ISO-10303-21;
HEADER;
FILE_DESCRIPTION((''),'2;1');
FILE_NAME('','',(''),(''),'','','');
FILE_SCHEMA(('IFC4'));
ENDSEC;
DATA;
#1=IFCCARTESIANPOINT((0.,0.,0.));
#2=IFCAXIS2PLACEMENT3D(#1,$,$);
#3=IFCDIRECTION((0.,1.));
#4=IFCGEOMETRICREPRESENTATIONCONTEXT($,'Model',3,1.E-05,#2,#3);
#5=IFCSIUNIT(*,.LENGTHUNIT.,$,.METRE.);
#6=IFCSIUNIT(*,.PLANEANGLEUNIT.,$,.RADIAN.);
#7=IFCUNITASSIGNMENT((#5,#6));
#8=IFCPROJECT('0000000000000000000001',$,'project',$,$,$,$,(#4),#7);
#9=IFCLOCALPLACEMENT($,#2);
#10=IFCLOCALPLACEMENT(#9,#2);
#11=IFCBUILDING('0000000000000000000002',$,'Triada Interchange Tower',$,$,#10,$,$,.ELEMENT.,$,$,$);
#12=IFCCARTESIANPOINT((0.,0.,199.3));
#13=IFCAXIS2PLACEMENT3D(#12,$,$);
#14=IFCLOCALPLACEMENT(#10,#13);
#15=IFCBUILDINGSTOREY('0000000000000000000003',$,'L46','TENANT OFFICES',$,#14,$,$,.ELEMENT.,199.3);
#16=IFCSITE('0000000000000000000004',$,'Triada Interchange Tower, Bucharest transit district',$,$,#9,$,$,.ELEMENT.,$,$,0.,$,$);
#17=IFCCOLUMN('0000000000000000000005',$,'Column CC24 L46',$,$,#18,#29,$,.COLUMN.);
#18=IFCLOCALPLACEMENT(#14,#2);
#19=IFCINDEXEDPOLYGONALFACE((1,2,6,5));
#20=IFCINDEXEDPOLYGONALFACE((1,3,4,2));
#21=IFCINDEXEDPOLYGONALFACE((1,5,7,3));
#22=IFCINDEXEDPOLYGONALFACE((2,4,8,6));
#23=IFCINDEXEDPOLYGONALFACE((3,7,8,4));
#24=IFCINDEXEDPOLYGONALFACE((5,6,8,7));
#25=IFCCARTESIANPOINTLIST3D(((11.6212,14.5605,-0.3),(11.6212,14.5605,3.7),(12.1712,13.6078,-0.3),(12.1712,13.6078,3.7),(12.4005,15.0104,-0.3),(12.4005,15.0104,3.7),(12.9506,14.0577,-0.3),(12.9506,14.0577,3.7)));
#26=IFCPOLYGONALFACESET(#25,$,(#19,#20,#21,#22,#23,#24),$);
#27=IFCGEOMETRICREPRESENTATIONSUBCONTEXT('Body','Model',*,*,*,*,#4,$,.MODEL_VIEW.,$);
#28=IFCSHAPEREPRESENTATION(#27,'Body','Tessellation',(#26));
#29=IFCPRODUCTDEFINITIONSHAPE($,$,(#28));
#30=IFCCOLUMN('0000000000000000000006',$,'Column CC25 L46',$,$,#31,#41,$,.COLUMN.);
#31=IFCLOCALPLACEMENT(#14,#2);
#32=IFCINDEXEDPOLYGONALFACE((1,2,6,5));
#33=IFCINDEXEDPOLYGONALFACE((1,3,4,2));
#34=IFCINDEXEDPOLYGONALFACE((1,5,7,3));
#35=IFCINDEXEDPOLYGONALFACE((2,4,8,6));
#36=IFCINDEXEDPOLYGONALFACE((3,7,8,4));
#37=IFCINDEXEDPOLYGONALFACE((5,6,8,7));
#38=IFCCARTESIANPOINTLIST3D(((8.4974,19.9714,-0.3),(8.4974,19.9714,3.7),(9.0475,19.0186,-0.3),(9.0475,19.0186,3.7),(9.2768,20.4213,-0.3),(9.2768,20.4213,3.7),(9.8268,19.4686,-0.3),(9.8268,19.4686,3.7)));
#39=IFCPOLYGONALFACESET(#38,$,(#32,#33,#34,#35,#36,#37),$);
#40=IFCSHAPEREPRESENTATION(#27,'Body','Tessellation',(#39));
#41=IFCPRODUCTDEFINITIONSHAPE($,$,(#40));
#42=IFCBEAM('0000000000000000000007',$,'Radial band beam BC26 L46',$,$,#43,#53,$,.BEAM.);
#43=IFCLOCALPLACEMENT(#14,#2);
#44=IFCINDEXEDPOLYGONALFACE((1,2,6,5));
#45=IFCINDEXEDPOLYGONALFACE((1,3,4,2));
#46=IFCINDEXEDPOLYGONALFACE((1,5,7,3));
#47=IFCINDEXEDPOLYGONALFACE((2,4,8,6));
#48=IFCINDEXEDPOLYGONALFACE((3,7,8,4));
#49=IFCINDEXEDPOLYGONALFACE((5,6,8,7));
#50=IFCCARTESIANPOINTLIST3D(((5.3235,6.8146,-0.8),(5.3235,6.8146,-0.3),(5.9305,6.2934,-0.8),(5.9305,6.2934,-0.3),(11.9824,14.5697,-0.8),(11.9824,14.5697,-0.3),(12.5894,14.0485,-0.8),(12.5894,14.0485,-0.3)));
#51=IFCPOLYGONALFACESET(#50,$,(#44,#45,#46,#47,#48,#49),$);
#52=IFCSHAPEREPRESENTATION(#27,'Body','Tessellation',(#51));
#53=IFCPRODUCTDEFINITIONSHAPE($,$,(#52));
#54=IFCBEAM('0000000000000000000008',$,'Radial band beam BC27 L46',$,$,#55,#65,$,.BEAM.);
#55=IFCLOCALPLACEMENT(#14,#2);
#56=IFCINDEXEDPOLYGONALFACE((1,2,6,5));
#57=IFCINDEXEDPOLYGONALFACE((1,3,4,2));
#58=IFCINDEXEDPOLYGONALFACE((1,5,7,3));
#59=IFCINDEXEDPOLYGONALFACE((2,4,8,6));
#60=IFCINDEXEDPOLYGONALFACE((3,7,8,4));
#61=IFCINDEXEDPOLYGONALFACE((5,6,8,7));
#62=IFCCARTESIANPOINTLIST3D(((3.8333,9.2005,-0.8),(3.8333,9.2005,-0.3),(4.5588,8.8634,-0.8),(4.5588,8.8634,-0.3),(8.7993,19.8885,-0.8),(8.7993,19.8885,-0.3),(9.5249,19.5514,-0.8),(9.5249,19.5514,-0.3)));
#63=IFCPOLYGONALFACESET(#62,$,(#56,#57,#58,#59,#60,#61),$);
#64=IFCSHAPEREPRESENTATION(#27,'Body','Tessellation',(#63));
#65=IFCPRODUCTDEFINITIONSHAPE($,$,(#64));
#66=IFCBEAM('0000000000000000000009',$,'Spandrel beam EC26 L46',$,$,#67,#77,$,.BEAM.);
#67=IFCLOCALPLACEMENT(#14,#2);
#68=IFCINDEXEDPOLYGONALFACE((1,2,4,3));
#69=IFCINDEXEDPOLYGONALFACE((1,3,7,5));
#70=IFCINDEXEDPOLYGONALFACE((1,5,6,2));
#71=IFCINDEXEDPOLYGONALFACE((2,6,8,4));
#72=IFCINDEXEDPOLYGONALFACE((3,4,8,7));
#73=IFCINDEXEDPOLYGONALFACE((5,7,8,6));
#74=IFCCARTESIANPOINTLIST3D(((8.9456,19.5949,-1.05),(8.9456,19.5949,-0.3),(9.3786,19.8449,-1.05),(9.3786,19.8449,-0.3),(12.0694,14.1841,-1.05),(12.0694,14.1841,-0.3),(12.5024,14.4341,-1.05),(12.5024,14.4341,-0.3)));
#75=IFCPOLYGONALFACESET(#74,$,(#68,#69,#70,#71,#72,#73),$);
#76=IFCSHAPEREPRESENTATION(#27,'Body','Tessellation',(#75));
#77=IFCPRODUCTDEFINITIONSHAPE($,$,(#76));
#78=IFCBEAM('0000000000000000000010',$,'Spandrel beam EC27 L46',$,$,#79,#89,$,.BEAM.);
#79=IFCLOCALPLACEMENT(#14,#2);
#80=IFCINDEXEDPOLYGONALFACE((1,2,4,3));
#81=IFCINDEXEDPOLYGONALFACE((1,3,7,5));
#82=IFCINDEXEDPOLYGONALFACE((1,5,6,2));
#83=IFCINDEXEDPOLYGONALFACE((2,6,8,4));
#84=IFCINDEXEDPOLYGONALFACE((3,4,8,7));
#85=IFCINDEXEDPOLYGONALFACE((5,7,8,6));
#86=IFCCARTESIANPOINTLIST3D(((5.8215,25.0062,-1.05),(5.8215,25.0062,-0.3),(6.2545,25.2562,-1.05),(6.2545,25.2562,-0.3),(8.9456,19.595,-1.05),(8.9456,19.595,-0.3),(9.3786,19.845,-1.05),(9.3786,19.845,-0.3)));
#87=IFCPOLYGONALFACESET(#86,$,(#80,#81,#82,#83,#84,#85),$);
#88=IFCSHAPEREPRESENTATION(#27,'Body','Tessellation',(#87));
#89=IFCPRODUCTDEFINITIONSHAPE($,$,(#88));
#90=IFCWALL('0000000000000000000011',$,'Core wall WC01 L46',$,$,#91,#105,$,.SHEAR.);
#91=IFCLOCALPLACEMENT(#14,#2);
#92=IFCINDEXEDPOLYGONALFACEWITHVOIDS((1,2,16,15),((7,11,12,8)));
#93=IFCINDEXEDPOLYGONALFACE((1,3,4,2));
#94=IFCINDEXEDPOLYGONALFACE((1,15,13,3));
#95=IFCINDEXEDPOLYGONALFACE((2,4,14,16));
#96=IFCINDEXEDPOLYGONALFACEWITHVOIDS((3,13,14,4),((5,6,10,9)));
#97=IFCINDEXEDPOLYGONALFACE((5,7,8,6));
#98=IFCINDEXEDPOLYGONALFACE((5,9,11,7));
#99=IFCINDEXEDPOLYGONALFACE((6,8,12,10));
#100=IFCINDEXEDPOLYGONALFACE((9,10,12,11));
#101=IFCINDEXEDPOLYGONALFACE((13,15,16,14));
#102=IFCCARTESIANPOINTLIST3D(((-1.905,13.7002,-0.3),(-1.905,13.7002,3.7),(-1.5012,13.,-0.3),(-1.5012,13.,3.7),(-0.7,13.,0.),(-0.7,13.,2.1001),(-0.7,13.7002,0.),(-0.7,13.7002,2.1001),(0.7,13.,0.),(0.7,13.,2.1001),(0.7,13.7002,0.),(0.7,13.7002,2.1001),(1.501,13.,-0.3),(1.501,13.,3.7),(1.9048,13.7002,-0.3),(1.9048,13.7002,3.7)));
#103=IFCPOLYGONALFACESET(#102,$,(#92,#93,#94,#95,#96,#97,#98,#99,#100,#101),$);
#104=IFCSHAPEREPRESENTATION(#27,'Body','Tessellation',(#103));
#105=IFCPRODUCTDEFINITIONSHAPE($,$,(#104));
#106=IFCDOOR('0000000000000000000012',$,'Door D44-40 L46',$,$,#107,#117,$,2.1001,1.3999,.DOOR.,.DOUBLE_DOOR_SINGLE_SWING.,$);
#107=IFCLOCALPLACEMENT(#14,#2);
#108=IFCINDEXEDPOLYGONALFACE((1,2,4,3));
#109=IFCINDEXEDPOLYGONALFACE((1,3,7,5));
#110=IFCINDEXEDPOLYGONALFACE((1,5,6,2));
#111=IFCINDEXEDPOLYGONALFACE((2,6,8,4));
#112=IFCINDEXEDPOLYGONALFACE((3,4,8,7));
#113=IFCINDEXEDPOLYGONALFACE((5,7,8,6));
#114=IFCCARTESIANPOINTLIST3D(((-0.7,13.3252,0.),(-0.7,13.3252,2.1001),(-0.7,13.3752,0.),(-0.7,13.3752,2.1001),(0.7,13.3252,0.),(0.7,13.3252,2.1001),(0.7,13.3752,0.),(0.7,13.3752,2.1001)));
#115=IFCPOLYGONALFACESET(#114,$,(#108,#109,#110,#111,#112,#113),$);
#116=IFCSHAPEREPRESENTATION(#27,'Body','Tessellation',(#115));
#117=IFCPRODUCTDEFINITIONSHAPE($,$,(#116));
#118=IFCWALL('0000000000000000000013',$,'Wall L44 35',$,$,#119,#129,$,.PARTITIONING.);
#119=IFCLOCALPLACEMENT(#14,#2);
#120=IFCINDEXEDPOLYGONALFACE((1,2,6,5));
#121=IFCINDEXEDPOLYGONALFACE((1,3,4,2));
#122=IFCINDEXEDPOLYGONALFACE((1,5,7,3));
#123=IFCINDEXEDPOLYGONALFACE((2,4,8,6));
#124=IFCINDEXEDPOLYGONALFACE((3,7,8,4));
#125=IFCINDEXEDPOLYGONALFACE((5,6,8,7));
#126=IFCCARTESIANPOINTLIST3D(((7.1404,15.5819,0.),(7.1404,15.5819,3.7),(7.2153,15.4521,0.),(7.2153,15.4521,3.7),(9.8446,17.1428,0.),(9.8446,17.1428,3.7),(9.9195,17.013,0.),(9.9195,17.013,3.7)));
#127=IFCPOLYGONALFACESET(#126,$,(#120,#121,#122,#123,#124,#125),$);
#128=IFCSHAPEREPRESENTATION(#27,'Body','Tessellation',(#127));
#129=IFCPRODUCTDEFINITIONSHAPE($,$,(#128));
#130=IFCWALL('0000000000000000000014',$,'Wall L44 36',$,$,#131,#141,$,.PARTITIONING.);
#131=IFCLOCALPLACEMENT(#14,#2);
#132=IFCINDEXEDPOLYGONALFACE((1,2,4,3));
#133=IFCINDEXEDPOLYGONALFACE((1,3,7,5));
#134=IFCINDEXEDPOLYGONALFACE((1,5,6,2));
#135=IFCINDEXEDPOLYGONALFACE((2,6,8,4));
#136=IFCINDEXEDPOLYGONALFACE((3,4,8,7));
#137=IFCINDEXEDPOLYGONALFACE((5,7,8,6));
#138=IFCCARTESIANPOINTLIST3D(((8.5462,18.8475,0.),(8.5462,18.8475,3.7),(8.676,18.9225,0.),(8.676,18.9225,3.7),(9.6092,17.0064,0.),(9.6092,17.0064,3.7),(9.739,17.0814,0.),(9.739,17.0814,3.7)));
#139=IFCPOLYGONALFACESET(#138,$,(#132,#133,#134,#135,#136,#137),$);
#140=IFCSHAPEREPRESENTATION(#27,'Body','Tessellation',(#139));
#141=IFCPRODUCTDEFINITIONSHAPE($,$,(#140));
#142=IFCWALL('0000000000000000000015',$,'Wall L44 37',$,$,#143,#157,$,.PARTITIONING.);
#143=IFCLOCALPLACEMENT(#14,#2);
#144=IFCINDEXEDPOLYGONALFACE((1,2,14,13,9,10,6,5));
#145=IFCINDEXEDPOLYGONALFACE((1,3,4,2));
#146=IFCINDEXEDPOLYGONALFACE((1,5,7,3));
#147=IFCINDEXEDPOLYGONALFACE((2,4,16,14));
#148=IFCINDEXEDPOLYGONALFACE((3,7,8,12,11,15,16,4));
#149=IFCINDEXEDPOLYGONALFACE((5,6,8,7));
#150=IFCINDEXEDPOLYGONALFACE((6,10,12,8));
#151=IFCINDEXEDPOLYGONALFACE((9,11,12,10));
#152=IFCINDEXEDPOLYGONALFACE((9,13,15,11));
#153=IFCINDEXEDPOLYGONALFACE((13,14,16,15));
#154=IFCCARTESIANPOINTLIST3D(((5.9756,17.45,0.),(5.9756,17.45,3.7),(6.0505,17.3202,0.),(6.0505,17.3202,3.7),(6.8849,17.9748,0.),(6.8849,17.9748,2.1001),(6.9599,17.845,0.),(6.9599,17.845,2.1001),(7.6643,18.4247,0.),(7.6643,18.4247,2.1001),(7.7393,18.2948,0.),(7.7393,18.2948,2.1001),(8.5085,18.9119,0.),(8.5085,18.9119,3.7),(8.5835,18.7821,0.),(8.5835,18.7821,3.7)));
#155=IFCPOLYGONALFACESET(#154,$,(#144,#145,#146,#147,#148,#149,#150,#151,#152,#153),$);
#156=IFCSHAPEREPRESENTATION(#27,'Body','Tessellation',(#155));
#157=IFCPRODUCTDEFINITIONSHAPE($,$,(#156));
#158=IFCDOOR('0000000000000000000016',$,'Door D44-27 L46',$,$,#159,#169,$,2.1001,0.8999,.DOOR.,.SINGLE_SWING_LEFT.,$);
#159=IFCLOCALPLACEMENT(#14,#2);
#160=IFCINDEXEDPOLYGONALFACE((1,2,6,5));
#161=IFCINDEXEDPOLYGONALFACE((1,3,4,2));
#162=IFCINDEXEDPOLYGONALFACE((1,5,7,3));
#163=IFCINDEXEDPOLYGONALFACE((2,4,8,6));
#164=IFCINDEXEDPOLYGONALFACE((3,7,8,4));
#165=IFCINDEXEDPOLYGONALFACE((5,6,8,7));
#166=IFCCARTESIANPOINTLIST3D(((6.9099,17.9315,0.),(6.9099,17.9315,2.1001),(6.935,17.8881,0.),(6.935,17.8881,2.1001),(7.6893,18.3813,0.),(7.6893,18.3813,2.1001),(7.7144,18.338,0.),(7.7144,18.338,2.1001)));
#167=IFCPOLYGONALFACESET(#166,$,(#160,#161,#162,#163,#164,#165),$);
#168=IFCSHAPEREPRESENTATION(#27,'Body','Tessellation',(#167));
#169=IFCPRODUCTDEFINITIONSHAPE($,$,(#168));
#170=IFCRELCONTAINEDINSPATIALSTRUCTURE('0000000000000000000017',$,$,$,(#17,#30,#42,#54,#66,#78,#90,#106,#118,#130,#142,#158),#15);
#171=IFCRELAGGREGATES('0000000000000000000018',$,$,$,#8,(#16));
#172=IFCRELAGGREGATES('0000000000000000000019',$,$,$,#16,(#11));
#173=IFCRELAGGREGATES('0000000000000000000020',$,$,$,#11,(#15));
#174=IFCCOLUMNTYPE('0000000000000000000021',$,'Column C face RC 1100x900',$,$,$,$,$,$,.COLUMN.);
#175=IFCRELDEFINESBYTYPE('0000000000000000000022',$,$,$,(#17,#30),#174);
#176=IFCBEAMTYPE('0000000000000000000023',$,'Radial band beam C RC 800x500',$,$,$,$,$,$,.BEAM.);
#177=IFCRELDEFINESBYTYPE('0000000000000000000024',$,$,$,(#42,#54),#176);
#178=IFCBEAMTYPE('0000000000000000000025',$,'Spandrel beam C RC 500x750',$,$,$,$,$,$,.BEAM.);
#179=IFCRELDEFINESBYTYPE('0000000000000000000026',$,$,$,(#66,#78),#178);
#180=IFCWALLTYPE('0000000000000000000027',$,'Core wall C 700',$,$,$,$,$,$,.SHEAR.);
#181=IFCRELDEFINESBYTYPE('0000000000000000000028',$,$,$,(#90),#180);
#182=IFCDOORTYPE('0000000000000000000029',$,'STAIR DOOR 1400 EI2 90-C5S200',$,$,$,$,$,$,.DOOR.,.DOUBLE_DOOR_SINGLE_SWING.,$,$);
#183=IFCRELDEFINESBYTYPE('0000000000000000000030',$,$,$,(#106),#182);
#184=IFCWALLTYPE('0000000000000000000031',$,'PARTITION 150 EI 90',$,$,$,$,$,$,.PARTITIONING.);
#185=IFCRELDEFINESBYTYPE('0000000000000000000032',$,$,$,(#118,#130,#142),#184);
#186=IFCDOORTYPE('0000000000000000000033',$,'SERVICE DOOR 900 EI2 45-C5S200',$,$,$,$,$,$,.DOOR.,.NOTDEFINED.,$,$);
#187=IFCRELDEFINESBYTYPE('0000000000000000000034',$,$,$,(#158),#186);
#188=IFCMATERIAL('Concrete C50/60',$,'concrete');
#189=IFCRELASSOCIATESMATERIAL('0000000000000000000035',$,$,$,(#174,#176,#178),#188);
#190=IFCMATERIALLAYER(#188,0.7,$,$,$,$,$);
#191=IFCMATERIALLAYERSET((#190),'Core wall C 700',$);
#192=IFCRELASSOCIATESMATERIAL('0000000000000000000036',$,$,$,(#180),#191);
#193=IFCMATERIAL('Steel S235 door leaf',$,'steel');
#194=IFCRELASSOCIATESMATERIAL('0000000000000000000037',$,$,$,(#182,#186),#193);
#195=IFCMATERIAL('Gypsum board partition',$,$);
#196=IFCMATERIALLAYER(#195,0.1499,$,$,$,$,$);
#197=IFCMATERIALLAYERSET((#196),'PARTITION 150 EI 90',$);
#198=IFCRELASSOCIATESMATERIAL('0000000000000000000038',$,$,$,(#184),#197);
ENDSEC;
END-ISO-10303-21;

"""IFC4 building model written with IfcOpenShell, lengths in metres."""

from ifc_helpers import new_model, si_unit, direction, frame, frame_2d, origin, origin_2d, place, context, subcontext, project, spatial, polyline, rectangle, outline, extrude, material, layer, layer_set, material_profile, profile_set, type_object, element, fill, save


model = new_model("IFC4")

# Units and contexts
model_context = context("Model", 3, precision=1e-05, world=origin(), true_north=direction((0.0, 1.0)))
body_context = subcontext(model_context, "Body", "Model", "MODEL_VIEW")
ifc_project = project(units=[si_unit("LENGTHUNIT", "METRE"), si_unit("PLANEANGLEUNIT", "RADIAN")], contexts=[model_context])

# Site, building, storey
site_placement = place(None, origin())
site = spatial("IfcSite", under=ifc_project, at=site_placement, Name="Triada Interchange Tower, Bucharest transit district", CompositionType="ELEMENT", RefElevation=0.0)
building_placement = place(site_placement, origin())
building = spatial("IfcBuilding", under=site, at=building_placement, Name="Triada Interchange Tower", CompositionType="ELEMENT")
storey_placement = place(building_placement, frame((0.0, 0.0, 199.3)))
storey = spatial("IfcBuildingStorey", under=building, at=storey_placement, Name="L46", Description="TENANT OFFICES", CompositionType="ELEMENT", Elevation=199.3)

# Columns
ifc_material_1 = material(Name="Concrete C50/60", Category="concrete")
ifc_material_profile_1 = material_profile(ifc_material_1, rectangle(XDim=1.1001, YDim=0.8999, at=origin_2d()), Name="RC 1100x900")
ifc_profile_set_1 = profile_set([ifc_material_profile_1], Name="Concrete C50/60")
column_type = type_object("IfcColumnType", Name="Column C face RC 1100x900", PredefinedType="COLUMN", material=ifc_profile_set_1)
for number, where, z_axis, x_axis, name in (
    (1, (12.2859, 14.3091, -0.3), (0.0, 0.0, 1.0), (-0.5, 0.866025, 0.0), "Column CC24 L46"),
    (2, (9.1621, 19.72, -0.3), (0.0, 0.0, 1.0), (-0.5, 0.866025, 0.0), "Column CC25 L46"),
):
    element("IfcColumn", number, at=place(storey_placement, frame(where, z_axis=z_axis, x_axis=x_axis)), inside=storey, type_object=column_type, Name=name, PredefinedType="COLUMN", context=body_context, shape_type="SweptSolid", body=[
        extrude(rectangle(XDim=1.1001, YDim=0.8999, at=origin_2d()), origin(), (0.0, 0.0, 1.0), 4.0),
    ])

# Beams
ifc_material_profile_2 = material_profile(ifc_material_1, rectangle(XDim=0.8, YDim=0.5, at=origin_2d()), Name="RC 800x500")
ifc_profile_set_2 = profile_set([ifc_material_profile_2], Name="Concrete C50/60")
beam_type_1 = type_object("IfcBeamType", Name="Radial band beam C RC 800x500", PredefinedType="BEAM", material=ifc_profile_set_2)
beam_1_placement = place(storey_placement, frame((12.2859, 14.3091, -0.55), z_axis=(-0.65145, -0.758692, 0.0), x_axis=(0.758692, -0.65145, 0.0)))
element("IfcBeam", 3, at=beam_1_placement, inside=storey, type_object=beam_type_1, Name="Radial band beam BC26 L46", PredefinedType="BEAM", context=body_context, shape_type="SweptSolid", body=[
    extrude(rectangle(XDim=0.8, YDim=0.5, at=origin_2d()), origin(), (0.0, 0.0, 1.0), 10.2217),
])
beam_2_placement = place(storey_placement, frame((9.1621, 19.72, -0.55), z_axis=(-0.421375, -0.906886, 0.0), x_axis=(0.906886, -0.421375, 0.0)))
element("IfcBeam", 4, at=beam_2_placement, inside=storey, type_object=beam_type_1, Name="Radial band beam BC27 L46", PredefinedType="BEAM", context=body_context, shape_type="SweptSolid", body=[
    extrude(rectangle(XDim=0.8, YDim=0.5, at=origin_2d()), origin(), (0.0, 0.0, 1.0), 11.7854),
])
ifc_material_profile_3 = material_profile(ifc_material_1, rectangle(XDim=0.5, YDim=0.75, at=origin_2d()), Name="RC 500x750")
ifc_profile_set_3 = profile_set([ifc_material_profile_3], Name="Concrete C50/60")
beam_type_2 = type_object("IfcBeamType", Name="Spandrel beam C RC 500x750", PredefinedType="BEAM", material=ifc_profile_set_3)
beam_3_placement = place(storey_placement, frame((12.2859, 14.3091, -0.675), z_axis=(-0.499976, 0.866039, 0.0), x_axis=(-0.866039, -0.499976, 0.0)))
element("IfcBeam", 5, at=beam_3_placement, inside=storey, type_object=beam_type_2, Name="Spandrel beam EC26 L46", PredefinedType="BEAM", context=body_context, shape_type="SweptSolid", body=[
    extrude(rectangle(XDim=0.5, YDim=0.75, at=origin_2d()), origin(), (0.0, 0.0, 1.0), 6.2478),
])
beam_4_placement = place(storey_placement, frame((9.1621, 19.72, -0.675), z_axis=(-0.499989, 0.866032, 0.0), x_axis=(-0.866032, -0.499989, 0.0)))
element("IfcBeam", 6, at=beam_4_placement, inside=storey, type_object=beam_type_2, Name="Spandrel beam EC27 L46", PredefinedType="BEAM", context=body_context, shape_type="SweptSolid", body=[
    extrude(rectangle(XDim=0.5, YDim=0.75, at=origin_2d()), origin(), (0.0, 0.0, 1.0), 6.2483),
])

# Wall, opening, door
ifc_layer_1 = layer(ifc_material_1, 0.7)
ifc_layer_set_1 = layer_set([ifc_layer_1], Name="Core wall C 700")
wall_type_1 = type_object("IfcWallType", Name="Core wall C 700", PredefinedType="SHEAR", material=ifc_layer_set_1)
wall_1_placement = place(storey_placement, frame((1.7029, 13.3501, -0.3), z_axis=(0.0, 0.0, 1.0), x_axis=(-1.0, 0.0, 0.0)))
wall_1 = element("IfcWall", 7, at=wall_1_placement, inside=storey, type_object=wall_type_1, Name="Core wall WC01 L46", PredefinedType="SHEAR", context=body_context, shape_type="SweptSolid", body=[
    extrude(outline(polyline([(-0.2019, -0.3501), (1.7031, -0.3501), (3.6079, -0.3501), (3.2041, 0.3501), (1.7031, 0.3501), (0.2019, 0.3501), (-0.2019, -0.3501)])), origin(), (0.0, 0.0, 1.0), 4.0),
])
opening_1_placement = place(wall_1_placement, frame((1.0029, 0.0, 0.3)))
opening_1 = element("IfcOpeningElement", 8, at=opening_1_placement, cuts=wall_1, PredefinedType="OPENING", context=body_context, shape_type="SweptSolid", body=[
    extrude(rectangle(XDim=1.3999, YDim=2.1001, at=frame_2d((0.7, 1.05))), frame((0.0, 0.3601, 0.0), z_axis=(0.0, -1.0, 0.0), x_axis=(1.0, 0.0, 0.0)), (0.0, 0.0, 1.0), 0.7202),
])
ifc_material_2 = material(Name="Steel S235 door leaf", Category="steel")
door_type_1 = type_object("IfcDoorType", Name="STAIR DOOR 1400 EI2 90-C5S200", OperationType="DOUBLE_DOOR_SINGLE_SWING", PredefinedType="DOOR", material=ifc_material_2)
door_1_placement = place(opening_1_placement, origin())
door_1 = element("IfcDoor", 9, at=door_1_placement, inside=storey, type_object=door_type_1, Name="Door D44-40 L46", OperationType="DOUBLE_DOOR_SINGLE_SWING", OverallHeight=2.1001, OverallWidth=1.3999, PredefinedType="DOOR", context=body_context, shape_type="SweptSolid", body=[
    extrude(rectangle(XDim=1.3999, YDim=2.1001, at=frame_2d((0.7, 1.05))), frame((0.0, 0.0249, 0.0), z_axis=(0.0, -1.0, 0.0), x_axis=(1.0, 0.0, 0.0)), (0.0, 0.0, 1.0), 0.05),
])
fill(opening_1, door_1)

# Walls
ifc_material_3 = material(Name="Gypsum board partition")
ifc_layer_2 = layer(ifc_material_3, 0.1499)
ifc_layer_set_2 = layer_set([ifc_layer_2], Name="PARTITION 150 EI 90")
wall_type_2 = type_object("IfcWallType", Name="PARTITION 150 EI 90", PredefinedType="PARTITIONING", material=ifc_layer_set_2)
wall_2_placement = place(storey_placement, frame((7.178, 15.5171, 0.0), z_axis=(0.0, 0.0, 1.0), x_axis=(0.866084, 0.499898, 0.0)))
element("IfcWall", 10, at=wall_2_placement, inside=storey, type_object=wall_type_2, Name="Wall L44 35", PredefinedType="PARTITIONING", context=body_context, shape_type="SweptSolid", body=[
    extrude(rectangle(XDim=3.1223, YDim=0.1499, at=frame_2d((1.561, 0.0))), origin(), (0.0, 0.0, 1.0), 3.7),
])
wall_3_placement = place(storey_placement, frame((8.6111, 18.885, 0.0), z_axis=(0.0, 0.0, 1.0), x_axis=(0.500017, -0.866015, 0.0)))
element("IfcWall", 11, at=wall_3_placement, inside=storey, type_object=wall_type_2, Name="Wall L44 36", PredefinedType="PARTITIONING", context=body_context, shape_type="SweptSolid", body=[
    extrude(rectangle(XDim=2.126, YDim=0.1499, at=frame_2d((1.063, 0.0))), origin(), (0.0, 0.0, 1.0), 3.7),
])

# Wall, opening, door
wall_4_placement = place(storey_placement, frame((6.0129, 17.385, 0.0), z_axis=(0.0, 0.0, 1.0), x_axis=(0.866098, 0.499874, 0.0)))
wall_4 = element("IfcWall", 12, at=wall_4_placement, inside=storey, type_object=wall_type_2, Name="Wall L44 37", PredefinedType="PARTITIONING", context=body_context, shape_type="SweptSolid", body=[
    extrude(rectangle(XDim=2.9246, YDim=0.1499, at=frame_2d((1.4624, 0.0))), origin(), (0.0, 0.0, 1.0), 3.7),
])
opening_2_placement = place(wall_4_placement, frame((1.05, 0.0, 0.0)))
opening_2 = element("IfcOpeningElement", 13, at=opening_2_placement, cuts=wall_4, PredefinedType="OPENING", context=body_context, shape_type="SweptSolid", body=[
    extrude(rectangle(XDim=0.8999, YDim=2.1001, at=frame_2d((0.45, 1.05))), frame((0.0, 0.085, 0.0), z_axis=(0.0, -1.0, 0.0), x_axis=(1.0, 0.0, 0.0)), (0.0, 0.0, 1.0), 0.1699),
])
door_type_2 = type_object("IfcDoorType", Name="SERVICE DOOR 900 EI2 45-C5S200", OperationType="NOTDEFINED", PredefinedType="DOOR", material=ifc_material_2)
door_2_placement = place(opening_2_placement, origin())
door_2 = element("IfcDoor", 14, at=door_2_placement, inside=storey, type_object=door_type_2, Name="Door D44-27 L46", OperationType="SINGLE_SWING_LEFT", OverallHeight=2.1001, OverallWidth=0.8999, PredefinedType="DOOR", context=body_context, shape_type="SweptSolid", body=[
    extrude(rectangle(XDim=0.8999, YDim=2.1001, at=frame_2d((0.45, 1.05))), frame((0.0, 0.0249, 0.0), z_axis=(0.0, -1.0, 0.0), x_axis=(1.0, 0.0, 0.0)), (0.0, 0.0, 1.0), 0.05),
])
fill(opening_2, door_2)

save(model, "model.ifc")
